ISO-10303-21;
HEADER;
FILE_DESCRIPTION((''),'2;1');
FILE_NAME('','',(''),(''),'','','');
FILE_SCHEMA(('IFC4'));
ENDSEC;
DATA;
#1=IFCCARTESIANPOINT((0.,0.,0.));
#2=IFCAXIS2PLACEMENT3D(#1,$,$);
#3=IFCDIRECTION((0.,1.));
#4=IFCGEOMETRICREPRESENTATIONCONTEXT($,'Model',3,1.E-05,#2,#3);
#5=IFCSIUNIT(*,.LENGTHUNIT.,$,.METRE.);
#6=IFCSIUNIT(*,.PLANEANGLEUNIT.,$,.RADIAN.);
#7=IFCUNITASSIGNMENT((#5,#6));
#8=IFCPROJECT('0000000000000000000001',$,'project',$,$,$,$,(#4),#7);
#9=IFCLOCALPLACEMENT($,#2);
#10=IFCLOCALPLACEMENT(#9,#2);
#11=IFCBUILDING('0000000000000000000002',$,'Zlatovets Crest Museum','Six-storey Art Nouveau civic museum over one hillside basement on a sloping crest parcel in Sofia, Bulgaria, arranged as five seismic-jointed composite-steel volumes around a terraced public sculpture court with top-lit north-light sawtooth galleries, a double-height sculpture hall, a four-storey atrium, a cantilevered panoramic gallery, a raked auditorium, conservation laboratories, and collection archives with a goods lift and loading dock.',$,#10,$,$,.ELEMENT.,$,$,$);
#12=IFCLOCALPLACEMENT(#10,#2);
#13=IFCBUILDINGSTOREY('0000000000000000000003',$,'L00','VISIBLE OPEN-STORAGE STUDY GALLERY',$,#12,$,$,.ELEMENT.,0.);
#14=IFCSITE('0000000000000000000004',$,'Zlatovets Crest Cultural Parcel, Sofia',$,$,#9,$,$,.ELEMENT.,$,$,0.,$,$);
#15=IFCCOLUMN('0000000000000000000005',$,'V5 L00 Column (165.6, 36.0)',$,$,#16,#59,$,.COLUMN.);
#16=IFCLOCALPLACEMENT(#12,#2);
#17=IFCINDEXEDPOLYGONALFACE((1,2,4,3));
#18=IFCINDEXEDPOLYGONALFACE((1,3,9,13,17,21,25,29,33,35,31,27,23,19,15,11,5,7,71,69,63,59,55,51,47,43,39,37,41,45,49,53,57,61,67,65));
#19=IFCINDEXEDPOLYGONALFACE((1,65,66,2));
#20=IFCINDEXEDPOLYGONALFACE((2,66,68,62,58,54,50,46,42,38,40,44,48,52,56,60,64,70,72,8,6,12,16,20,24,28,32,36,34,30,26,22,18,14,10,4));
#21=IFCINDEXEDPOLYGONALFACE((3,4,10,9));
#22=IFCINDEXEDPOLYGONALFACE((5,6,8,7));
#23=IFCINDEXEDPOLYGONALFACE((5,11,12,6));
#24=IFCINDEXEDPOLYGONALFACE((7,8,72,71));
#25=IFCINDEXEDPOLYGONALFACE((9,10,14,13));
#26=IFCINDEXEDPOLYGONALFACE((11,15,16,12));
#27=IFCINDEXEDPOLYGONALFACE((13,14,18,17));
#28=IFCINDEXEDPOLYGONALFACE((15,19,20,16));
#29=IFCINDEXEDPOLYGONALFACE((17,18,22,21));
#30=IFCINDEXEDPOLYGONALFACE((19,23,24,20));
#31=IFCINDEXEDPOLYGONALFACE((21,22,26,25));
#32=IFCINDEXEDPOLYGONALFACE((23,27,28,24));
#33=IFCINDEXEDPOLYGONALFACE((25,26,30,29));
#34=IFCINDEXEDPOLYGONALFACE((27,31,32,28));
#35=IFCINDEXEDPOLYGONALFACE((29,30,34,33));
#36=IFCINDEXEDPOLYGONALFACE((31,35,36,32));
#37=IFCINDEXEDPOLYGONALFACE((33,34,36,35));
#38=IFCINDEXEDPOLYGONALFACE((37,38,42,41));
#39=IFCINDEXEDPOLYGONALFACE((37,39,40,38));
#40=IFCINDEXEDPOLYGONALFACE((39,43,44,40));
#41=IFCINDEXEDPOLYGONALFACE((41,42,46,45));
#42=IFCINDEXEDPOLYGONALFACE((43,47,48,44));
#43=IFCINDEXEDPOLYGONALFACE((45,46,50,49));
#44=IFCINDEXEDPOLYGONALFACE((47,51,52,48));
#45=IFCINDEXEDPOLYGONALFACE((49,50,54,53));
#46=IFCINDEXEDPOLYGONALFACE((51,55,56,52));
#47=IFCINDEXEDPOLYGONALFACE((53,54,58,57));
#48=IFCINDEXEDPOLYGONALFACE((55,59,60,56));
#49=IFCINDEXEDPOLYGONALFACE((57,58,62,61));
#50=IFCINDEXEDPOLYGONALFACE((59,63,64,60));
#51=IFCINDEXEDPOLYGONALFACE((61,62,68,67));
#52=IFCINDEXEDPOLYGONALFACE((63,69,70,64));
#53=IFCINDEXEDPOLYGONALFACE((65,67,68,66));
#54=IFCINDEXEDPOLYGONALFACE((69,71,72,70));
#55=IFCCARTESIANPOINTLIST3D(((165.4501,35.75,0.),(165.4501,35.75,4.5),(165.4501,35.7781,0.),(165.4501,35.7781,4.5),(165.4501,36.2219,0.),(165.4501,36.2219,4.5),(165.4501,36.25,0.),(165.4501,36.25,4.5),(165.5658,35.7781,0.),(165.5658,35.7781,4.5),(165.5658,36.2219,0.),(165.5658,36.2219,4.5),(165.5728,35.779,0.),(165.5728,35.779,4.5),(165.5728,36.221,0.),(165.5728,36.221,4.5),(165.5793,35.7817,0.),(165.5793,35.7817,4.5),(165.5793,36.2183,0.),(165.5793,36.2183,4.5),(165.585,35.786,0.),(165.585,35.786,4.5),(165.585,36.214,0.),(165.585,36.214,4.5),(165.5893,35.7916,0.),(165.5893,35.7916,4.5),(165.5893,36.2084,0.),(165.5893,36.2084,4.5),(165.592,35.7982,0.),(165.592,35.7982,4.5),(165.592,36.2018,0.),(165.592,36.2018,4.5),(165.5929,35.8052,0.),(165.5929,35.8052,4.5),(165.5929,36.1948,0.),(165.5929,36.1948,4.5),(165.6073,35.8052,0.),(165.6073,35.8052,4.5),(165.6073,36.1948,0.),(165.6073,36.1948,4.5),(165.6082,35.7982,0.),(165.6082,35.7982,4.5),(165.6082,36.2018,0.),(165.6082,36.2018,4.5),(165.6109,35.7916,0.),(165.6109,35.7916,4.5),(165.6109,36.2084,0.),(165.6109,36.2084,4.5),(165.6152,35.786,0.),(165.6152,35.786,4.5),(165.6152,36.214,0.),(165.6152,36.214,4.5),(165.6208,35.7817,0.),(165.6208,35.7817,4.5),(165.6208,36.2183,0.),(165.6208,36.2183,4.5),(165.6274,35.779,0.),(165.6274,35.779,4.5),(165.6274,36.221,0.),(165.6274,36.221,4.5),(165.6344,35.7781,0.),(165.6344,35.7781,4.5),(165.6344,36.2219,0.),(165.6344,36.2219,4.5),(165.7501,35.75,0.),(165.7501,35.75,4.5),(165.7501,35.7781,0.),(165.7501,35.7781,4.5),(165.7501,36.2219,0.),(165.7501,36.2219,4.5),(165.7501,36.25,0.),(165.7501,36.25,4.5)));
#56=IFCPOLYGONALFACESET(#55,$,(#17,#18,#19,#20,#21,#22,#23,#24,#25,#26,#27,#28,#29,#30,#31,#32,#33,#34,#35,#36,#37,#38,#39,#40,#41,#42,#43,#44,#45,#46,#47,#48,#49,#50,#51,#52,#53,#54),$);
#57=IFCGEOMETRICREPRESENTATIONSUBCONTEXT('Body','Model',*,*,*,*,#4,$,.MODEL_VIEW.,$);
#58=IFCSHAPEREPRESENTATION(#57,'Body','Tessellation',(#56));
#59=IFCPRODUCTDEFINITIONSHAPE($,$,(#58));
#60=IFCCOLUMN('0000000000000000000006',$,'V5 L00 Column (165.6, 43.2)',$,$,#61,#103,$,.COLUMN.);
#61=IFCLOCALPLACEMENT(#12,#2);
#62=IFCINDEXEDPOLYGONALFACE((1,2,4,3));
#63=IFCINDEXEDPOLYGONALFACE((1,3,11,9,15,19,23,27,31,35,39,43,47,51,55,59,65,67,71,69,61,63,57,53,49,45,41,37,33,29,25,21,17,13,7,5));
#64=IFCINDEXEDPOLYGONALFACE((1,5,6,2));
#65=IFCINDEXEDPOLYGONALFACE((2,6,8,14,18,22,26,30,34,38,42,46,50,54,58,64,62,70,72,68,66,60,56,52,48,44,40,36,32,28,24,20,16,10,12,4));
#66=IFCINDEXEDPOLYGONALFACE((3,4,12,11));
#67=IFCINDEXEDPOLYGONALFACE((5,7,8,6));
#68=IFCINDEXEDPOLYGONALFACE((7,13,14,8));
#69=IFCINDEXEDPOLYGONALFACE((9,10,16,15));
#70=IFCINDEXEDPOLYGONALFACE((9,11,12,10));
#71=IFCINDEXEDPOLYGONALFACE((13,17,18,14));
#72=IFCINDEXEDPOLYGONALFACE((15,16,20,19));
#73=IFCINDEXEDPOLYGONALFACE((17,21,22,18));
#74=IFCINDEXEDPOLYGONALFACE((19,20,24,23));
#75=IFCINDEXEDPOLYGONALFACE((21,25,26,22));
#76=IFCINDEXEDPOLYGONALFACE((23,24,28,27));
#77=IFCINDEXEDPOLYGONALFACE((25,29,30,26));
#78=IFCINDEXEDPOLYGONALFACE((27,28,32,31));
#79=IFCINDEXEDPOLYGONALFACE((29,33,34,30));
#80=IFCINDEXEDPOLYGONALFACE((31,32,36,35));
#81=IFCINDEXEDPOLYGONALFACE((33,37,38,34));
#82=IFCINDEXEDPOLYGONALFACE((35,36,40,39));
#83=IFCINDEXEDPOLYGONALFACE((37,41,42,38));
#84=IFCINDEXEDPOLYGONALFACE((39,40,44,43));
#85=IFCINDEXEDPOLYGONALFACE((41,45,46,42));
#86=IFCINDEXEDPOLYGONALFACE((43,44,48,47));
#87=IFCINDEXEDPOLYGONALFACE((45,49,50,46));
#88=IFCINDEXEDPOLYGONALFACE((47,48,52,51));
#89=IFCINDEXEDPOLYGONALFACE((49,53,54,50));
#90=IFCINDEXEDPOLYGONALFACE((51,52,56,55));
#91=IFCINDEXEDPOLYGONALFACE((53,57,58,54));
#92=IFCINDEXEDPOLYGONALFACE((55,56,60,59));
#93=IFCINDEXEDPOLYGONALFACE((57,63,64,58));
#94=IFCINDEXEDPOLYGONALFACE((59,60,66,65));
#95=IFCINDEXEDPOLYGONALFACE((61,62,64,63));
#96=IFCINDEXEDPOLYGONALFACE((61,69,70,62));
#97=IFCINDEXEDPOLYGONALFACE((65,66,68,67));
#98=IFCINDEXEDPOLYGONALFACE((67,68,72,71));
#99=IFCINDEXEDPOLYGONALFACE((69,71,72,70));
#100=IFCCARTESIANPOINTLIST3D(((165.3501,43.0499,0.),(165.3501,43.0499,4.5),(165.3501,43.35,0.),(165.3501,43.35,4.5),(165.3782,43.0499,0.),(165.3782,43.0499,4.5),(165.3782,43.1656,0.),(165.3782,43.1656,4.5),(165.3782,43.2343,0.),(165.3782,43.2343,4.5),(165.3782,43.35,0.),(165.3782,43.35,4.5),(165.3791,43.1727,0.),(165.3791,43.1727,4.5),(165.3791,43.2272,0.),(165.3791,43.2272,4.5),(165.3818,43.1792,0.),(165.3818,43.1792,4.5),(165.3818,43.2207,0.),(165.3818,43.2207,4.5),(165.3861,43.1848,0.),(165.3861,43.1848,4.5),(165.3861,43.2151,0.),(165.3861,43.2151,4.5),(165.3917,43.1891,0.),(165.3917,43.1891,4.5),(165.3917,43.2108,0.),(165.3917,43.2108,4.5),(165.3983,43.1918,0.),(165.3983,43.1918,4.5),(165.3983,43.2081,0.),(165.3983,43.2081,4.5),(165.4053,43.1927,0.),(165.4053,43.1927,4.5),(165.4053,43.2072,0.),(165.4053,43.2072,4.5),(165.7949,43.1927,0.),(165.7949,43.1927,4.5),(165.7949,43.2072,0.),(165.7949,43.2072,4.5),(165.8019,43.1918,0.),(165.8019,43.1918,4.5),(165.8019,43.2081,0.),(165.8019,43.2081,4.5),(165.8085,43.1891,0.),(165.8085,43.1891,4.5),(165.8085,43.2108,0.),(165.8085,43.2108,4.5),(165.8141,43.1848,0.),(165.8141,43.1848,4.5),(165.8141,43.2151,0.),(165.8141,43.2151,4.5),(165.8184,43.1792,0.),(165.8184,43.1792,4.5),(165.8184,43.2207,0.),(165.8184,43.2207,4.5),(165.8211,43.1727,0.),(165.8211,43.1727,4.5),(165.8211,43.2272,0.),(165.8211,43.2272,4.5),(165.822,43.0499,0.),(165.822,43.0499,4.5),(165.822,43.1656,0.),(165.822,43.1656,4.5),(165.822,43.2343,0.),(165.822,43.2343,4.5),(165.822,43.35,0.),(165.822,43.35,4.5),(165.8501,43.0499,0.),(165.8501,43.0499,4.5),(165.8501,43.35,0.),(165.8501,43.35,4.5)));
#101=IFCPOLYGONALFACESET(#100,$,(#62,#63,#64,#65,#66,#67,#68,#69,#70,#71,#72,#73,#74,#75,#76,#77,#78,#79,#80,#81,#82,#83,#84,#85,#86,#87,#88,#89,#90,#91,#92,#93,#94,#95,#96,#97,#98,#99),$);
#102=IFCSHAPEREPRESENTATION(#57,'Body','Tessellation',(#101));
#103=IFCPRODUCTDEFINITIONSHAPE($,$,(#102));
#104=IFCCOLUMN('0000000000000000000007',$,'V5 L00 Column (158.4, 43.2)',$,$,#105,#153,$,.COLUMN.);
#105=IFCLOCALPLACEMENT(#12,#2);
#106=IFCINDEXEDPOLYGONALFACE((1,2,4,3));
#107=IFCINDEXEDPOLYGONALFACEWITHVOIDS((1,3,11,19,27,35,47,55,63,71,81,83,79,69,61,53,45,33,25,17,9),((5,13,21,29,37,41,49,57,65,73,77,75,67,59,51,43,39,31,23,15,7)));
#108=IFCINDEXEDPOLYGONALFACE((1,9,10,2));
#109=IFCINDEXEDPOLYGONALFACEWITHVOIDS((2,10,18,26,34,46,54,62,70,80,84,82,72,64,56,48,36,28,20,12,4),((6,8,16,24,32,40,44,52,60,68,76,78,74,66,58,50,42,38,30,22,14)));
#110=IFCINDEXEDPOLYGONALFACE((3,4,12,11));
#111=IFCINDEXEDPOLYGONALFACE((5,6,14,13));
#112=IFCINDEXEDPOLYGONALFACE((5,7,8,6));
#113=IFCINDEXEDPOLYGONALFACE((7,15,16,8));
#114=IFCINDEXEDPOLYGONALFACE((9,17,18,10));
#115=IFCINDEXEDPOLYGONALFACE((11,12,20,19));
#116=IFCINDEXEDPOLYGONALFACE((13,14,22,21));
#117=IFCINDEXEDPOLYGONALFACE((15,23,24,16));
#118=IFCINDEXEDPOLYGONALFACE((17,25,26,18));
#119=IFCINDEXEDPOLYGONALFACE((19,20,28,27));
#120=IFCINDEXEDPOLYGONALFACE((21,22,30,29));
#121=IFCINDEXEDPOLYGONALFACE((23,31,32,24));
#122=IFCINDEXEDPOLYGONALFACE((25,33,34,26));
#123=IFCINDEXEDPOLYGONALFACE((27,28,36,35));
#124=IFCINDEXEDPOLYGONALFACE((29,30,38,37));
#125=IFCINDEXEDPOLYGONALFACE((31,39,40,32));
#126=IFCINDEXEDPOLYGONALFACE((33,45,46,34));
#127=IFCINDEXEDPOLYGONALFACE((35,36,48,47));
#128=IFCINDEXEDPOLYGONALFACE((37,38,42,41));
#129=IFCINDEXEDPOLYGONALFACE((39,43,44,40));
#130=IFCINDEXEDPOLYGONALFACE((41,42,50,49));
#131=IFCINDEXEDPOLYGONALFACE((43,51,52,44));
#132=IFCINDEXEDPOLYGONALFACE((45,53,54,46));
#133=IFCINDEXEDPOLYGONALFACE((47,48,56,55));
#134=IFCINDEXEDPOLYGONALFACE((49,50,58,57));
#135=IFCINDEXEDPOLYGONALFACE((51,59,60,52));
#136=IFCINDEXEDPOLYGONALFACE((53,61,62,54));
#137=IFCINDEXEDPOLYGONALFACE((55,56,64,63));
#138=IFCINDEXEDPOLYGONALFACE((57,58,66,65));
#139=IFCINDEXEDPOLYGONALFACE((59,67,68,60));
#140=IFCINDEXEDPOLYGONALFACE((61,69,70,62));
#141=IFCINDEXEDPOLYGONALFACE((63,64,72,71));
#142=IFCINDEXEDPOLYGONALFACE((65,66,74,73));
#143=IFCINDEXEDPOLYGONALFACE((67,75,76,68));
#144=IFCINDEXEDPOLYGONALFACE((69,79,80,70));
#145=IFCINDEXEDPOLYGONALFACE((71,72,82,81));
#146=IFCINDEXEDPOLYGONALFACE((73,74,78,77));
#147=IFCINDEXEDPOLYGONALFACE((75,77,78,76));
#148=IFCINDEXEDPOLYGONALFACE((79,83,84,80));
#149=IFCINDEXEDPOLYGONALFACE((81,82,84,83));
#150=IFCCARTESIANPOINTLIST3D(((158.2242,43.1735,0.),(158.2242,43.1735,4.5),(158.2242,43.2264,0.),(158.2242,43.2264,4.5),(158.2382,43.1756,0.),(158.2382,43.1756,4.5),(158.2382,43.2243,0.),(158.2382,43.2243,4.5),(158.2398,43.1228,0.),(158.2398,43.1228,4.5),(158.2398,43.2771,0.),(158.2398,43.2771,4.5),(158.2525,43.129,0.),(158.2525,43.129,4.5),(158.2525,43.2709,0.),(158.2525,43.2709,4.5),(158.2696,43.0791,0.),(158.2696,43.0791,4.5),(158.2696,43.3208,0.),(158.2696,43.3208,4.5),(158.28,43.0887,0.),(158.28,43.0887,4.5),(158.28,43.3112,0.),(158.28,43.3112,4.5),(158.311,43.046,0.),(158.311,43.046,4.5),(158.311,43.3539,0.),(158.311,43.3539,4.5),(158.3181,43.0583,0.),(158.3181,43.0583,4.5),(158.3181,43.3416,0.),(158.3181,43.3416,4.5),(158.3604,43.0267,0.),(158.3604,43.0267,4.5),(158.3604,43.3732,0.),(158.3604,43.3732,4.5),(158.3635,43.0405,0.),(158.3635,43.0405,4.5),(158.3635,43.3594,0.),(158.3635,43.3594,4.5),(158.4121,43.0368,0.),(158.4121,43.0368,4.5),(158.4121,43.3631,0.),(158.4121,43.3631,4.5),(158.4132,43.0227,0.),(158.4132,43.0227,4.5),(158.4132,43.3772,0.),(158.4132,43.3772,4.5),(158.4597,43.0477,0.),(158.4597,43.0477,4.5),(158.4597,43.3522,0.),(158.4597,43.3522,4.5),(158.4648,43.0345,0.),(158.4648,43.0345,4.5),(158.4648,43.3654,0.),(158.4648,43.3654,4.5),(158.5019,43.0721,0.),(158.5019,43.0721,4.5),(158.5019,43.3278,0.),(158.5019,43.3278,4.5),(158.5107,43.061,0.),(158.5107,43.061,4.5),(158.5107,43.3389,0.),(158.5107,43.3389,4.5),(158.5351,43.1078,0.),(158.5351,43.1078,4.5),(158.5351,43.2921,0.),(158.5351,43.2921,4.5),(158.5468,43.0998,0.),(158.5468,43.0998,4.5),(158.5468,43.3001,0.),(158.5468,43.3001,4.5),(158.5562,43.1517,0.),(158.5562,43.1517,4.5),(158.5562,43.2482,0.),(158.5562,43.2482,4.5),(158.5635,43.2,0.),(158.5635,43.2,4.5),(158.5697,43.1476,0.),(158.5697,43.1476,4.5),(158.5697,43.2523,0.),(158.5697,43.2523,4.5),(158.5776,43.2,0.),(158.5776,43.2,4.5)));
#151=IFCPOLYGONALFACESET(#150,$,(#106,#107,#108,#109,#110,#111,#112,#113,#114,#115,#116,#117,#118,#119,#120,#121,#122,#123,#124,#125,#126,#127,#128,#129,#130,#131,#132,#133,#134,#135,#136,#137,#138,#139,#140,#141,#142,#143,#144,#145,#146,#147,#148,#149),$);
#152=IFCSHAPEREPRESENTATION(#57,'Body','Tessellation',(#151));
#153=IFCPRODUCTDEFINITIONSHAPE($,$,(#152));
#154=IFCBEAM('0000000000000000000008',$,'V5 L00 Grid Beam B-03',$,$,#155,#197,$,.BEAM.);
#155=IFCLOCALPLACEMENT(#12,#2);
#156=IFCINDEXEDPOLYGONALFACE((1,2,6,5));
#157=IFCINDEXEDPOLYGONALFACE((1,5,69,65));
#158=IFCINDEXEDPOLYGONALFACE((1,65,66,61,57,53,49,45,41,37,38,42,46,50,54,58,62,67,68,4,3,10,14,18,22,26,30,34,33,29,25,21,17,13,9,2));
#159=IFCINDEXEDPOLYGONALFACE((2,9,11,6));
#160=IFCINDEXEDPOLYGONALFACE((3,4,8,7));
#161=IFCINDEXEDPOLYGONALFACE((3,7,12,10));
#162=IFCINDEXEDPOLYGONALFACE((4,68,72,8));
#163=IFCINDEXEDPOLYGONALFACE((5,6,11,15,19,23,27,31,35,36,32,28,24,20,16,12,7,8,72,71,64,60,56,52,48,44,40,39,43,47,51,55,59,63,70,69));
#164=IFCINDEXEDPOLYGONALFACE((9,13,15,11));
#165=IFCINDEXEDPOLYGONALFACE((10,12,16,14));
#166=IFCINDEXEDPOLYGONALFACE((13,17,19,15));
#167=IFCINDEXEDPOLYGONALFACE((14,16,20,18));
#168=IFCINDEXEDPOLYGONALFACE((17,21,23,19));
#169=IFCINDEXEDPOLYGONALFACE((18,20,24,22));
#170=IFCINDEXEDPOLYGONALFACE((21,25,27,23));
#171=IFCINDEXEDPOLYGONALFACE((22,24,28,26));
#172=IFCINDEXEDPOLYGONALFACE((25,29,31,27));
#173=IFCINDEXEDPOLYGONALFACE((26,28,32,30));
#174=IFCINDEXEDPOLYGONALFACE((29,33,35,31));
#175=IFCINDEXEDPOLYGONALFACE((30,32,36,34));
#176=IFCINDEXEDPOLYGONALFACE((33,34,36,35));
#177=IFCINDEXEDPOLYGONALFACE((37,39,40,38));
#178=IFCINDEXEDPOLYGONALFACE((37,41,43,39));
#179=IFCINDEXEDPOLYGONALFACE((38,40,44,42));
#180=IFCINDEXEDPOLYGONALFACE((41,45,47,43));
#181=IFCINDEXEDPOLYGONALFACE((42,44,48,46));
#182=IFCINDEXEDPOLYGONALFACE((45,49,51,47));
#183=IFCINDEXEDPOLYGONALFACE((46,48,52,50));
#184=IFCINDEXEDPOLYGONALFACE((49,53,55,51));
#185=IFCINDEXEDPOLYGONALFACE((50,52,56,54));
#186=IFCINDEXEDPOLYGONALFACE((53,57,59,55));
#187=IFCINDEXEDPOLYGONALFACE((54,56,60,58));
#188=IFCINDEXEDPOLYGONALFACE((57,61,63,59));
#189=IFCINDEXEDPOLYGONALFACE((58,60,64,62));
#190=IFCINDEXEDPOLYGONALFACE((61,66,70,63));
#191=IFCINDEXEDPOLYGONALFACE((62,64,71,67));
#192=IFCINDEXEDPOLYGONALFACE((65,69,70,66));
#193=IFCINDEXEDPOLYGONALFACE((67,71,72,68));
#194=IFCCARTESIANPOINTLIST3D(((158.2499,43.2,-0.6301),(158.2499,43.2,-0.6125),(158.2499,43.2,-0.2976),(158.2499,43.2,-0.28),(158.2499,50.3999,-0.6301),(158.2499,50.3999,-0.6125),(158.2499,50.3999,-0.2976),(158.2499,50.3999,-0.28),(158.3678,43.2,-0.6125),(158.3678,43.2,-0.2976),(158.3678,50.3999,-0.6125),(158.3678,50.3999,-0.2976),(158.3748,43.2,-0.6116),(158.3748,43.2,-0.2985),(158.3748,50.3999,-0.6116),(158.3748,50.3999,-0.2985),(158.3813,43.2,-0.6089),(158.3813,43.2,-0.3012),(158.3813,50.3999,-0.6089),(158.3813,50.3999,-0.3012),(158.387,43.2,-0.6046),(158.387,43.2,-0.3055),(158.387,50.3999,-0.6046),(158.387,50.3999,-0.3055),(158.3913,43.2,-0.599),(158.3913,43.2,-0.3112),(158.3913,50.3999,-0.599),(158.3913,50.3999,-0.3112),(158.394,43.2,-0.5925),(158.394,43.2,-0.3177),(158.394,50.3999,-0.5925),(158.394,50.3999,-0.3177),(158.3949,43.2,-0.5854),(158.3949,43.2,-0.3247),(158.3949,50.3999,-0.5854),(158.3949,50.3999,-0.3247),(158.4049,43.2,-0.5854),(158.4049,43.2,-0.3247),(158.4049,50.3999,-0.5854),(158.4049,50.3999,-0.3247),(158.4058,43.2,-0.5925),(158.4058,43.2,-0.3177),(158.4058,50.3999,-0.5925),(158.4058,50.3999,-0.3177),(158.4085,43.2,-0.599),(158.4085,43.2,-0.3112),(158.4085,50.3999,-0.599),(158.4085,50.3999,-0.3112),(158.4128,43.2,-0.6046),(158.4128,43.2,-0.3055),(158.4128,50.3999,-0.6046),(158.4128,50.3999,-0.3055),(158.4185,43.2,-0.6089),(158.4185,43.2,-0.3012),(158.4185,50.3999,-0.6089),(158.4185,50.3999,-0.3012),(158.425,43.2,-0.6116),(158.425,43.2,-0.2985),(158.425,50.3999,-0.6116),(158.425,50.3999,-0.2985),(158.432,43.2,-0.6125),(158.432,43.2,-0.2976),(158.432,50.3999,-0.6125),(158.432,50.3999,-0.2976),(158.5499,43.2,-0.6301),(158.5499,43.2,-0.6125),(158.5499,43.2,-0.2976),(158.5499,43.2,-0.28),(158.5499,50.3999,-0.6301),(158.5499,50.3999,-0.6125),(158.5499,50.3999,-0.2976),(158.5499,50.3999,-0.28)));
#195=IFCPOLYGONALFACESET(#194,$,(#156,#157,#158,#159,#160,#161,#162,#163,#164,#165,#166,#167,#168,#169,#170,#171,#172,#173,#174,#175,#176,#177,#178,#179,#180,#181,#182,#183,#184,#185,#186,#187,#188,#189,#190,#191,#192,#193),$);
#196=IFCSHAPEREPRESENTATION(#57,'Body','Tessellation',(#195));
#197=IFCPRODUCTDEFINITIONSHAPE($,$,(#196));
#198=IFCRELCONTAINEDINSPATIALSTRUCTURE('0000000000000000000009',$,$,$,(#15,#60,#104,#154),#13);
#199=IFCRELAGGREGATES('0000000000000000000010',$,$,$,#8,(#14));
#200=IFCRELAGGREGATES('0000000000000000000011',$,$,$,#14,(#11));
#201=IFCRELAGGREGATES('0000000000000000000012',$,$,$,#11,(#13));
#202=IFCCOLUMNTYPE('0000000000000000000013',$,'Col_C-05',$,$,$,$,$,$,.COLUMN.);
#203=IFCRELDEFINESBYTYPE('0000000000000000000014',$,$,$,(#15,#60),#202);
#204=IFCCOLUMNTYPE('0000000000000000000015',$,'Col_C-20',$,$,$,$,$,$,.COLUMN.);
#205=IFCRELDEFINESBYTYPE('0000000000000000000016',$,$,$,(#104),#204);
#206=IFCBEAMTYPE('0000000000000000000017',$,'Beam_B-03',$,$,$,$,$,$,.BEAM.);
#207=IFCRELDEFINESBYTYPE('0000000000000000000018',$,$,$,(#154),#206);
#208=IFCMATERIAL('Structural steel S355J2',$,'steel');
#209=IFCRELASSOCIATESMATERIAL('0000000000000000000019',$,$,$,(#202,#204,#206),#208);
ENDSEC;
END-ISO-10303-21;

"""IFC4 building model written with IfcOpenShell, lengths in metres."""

from ifc_helpers import new_model, si_unit, direction, frame, origin, origin_2d, place, context, subcontext, project, spatial, hollow_circle, i_section, extrude, material, material_profile, profile_set, type_object, element, save


model = new_model("IFC4")

# Units and contexts
model_context = context("Model", 3, precision=1e-05, world=origin(), true_north=direction((0.0, 1.0)))
body_context = subcontext(model_context, "Body", "Model", "MODEL_VIEW")
ifc_project = project(units=[si_unit("LENGTHUNIT", "METRE"), si_unit("PLANEANGLEUNIT", "RADIAN")], contexts=[model_context])

# Site, building, storey
site_placement = place(None, origin())
site = spatial("IfcSite", under=ifc_project, at=site_placement, Name="Zlatovets Crest Cultural Parcel, Sofia", CompositionType="ELEMENT", RefElevation=0.0)
building_placement = place(site_placement, origin())
building = spatial("IfcBuilding", under=site, at=building_placement, Name="Zlatovets Crest Museum", Description="Six-storey Art Nouveau civic museum over one hillside basement on a sloping crest parcel in Sofia, Bulgaria, arranged as five seismic-jointed composite-steel volumes around a terraced public sculpture court with top-lit north-light sawtooth galleries, a double-height sculpture hall, a four-storey atrium, a cantilevered panoramic gallery, a raked auditorium, conservation laboratories, and collection archives with a goods lift and loading dock.", CompositionType="ELEMENT")
storey_placement = place(building_placement, origin())
storey = spatial("IfcBuildingStorey", under=building, at=storey_placement, Name="L00", Description="VISIBLE OPEN-STORAGE STUDY GALLERY", CompositionType="ELEMENT", Elevation=0.0)

# Columns
ifc_material_1 = material(Name="Structural steel S355J2", Category="steel")
ifc_material_profile_1 = material_profile(ifc_material_1, i_section(OverallWidth=0.3, OverallDepth=0.5, WebThickness=0.0144, FlangeThickness=0.0281, FilletRadius=0.0271, at=origin_2d()), Name="HEB 500")
ifc_profile_set_1 = profile_set([ifc_material_profile_1], Name="Structural steel S355J2")
column_type_1 = type_object("IfcColumnType", Name="Col_C-05", PredefinedType="COLUMN", material=ifc_profile_set_1)
for number, where, z_axis, x_axis, name in (
    (1, (165.6001, 36.0, 0.0), (0.0, 0.0, 1.0), (1.0, 0.0, 0.0), "V5 L00 Column (165.6, 36.0)"),
    (2, (165.6001, 43.2, 0.0), (0.0, 0.0, 1.0), (0.0, 1.0, 0.0), "V5 L00 Column (165.6, 43.2)"),
):
    element("IfcColumn", number, at=place(storey_placement, frame(where, z_axis=z_axis, x_axis=x_axis)), inside=storey, type_object=column_type_1, Name=name, PredefinedType="COLUMN", context=body_context, shape_type="SweptSolid", body=[
        extrude(i_section(OverallWidth=0.3, OverallDepth=0.5, WebThickness=0.0144, FlangeThickness=0.0281, FilletRadius=0.0271, at=origin_2d()), origin(), (0.0, 0.0, 1.0), 4.5),
    ])
ifc_material_profile_2 = material_profile(ifc_material_1, hollow_circle(Radius=0.1777, WallThickness=0.0142, at=origin_2d()), Name="CHS 355.6x14.2")
ifc_profile_set_2 = profile_set([ifc_material_profile_2], Name="Structural steel S355J2")
column_type_2 = type_object("IfcColumnType", Name="Col_C-20", PredefinedType="COLUMN", material=ifc_profile_set_2)
column_placement = place(storey_placement, frame((158.3999, 43.2, 0.0), z_axis=(0.0, 0.0, 1.0), x_axis=(1.0, 0.0, 0.0)))
element("IfcColumn", 3, at=column_placement, inside=storey, type_object=column_type_2, Name="V5 L00 Column (158.4, 43.2)", PredefinedType="COLUMN", context=body_context, shape_type="SweptSolid", body=[
    extrude(hollow_circle(Radius=0.1777, WallThickness=0.0142, at=origin_2d()), origin(), (0.0, 0.0, 1.0), 4.5),
])

# Beam
ifc_material_profile_3 = material_profile(ifc_material_1, i_section(OverallWidth=0.3, OverallDepth=0.3501, WebThickness=0.01, FlangeThickness=0.0176, FilletRadius=0.0271, at=origin_2d()), Name="HEA 360")
ifc_profile_set_3 = profile_set([ifc_material_profile_3], Name="Structural steel S355J2")
beam_type_1 = type_object("IfcBeamType", Name="Beam_B-03", PredefinedType="BEAM", material=ifc_profile_set_3)
for number, where, z_axis, x_axis, name in (
    (4, (158.3999, 43.2, -0.4551), (0.0, 1.0, 0.0), (-1.0, 0.0, 0.0), "V5 L00 Grid Beam B-03"),
):
    element("IfcBeam", number, at=place(storey_placement, frame(where, z_axis=z_axis, x_axis=x_axis)), inside=storey, type_object=beam_type_1, Name=name, PredefinedType="BEAM", context=body_context, shape_type="SweptSolid", body=[
        extrude(i_section(OverallWidth=0.3, OverallDepth=0.3501, WebThickness=0.01, FlangeThickness=0.0176, FilletRadius=0.0271, at=origin_2d()), origin(), (0.0, 0.0, 1.0), 7.2),
    ])

save(model, "model.ifc")
